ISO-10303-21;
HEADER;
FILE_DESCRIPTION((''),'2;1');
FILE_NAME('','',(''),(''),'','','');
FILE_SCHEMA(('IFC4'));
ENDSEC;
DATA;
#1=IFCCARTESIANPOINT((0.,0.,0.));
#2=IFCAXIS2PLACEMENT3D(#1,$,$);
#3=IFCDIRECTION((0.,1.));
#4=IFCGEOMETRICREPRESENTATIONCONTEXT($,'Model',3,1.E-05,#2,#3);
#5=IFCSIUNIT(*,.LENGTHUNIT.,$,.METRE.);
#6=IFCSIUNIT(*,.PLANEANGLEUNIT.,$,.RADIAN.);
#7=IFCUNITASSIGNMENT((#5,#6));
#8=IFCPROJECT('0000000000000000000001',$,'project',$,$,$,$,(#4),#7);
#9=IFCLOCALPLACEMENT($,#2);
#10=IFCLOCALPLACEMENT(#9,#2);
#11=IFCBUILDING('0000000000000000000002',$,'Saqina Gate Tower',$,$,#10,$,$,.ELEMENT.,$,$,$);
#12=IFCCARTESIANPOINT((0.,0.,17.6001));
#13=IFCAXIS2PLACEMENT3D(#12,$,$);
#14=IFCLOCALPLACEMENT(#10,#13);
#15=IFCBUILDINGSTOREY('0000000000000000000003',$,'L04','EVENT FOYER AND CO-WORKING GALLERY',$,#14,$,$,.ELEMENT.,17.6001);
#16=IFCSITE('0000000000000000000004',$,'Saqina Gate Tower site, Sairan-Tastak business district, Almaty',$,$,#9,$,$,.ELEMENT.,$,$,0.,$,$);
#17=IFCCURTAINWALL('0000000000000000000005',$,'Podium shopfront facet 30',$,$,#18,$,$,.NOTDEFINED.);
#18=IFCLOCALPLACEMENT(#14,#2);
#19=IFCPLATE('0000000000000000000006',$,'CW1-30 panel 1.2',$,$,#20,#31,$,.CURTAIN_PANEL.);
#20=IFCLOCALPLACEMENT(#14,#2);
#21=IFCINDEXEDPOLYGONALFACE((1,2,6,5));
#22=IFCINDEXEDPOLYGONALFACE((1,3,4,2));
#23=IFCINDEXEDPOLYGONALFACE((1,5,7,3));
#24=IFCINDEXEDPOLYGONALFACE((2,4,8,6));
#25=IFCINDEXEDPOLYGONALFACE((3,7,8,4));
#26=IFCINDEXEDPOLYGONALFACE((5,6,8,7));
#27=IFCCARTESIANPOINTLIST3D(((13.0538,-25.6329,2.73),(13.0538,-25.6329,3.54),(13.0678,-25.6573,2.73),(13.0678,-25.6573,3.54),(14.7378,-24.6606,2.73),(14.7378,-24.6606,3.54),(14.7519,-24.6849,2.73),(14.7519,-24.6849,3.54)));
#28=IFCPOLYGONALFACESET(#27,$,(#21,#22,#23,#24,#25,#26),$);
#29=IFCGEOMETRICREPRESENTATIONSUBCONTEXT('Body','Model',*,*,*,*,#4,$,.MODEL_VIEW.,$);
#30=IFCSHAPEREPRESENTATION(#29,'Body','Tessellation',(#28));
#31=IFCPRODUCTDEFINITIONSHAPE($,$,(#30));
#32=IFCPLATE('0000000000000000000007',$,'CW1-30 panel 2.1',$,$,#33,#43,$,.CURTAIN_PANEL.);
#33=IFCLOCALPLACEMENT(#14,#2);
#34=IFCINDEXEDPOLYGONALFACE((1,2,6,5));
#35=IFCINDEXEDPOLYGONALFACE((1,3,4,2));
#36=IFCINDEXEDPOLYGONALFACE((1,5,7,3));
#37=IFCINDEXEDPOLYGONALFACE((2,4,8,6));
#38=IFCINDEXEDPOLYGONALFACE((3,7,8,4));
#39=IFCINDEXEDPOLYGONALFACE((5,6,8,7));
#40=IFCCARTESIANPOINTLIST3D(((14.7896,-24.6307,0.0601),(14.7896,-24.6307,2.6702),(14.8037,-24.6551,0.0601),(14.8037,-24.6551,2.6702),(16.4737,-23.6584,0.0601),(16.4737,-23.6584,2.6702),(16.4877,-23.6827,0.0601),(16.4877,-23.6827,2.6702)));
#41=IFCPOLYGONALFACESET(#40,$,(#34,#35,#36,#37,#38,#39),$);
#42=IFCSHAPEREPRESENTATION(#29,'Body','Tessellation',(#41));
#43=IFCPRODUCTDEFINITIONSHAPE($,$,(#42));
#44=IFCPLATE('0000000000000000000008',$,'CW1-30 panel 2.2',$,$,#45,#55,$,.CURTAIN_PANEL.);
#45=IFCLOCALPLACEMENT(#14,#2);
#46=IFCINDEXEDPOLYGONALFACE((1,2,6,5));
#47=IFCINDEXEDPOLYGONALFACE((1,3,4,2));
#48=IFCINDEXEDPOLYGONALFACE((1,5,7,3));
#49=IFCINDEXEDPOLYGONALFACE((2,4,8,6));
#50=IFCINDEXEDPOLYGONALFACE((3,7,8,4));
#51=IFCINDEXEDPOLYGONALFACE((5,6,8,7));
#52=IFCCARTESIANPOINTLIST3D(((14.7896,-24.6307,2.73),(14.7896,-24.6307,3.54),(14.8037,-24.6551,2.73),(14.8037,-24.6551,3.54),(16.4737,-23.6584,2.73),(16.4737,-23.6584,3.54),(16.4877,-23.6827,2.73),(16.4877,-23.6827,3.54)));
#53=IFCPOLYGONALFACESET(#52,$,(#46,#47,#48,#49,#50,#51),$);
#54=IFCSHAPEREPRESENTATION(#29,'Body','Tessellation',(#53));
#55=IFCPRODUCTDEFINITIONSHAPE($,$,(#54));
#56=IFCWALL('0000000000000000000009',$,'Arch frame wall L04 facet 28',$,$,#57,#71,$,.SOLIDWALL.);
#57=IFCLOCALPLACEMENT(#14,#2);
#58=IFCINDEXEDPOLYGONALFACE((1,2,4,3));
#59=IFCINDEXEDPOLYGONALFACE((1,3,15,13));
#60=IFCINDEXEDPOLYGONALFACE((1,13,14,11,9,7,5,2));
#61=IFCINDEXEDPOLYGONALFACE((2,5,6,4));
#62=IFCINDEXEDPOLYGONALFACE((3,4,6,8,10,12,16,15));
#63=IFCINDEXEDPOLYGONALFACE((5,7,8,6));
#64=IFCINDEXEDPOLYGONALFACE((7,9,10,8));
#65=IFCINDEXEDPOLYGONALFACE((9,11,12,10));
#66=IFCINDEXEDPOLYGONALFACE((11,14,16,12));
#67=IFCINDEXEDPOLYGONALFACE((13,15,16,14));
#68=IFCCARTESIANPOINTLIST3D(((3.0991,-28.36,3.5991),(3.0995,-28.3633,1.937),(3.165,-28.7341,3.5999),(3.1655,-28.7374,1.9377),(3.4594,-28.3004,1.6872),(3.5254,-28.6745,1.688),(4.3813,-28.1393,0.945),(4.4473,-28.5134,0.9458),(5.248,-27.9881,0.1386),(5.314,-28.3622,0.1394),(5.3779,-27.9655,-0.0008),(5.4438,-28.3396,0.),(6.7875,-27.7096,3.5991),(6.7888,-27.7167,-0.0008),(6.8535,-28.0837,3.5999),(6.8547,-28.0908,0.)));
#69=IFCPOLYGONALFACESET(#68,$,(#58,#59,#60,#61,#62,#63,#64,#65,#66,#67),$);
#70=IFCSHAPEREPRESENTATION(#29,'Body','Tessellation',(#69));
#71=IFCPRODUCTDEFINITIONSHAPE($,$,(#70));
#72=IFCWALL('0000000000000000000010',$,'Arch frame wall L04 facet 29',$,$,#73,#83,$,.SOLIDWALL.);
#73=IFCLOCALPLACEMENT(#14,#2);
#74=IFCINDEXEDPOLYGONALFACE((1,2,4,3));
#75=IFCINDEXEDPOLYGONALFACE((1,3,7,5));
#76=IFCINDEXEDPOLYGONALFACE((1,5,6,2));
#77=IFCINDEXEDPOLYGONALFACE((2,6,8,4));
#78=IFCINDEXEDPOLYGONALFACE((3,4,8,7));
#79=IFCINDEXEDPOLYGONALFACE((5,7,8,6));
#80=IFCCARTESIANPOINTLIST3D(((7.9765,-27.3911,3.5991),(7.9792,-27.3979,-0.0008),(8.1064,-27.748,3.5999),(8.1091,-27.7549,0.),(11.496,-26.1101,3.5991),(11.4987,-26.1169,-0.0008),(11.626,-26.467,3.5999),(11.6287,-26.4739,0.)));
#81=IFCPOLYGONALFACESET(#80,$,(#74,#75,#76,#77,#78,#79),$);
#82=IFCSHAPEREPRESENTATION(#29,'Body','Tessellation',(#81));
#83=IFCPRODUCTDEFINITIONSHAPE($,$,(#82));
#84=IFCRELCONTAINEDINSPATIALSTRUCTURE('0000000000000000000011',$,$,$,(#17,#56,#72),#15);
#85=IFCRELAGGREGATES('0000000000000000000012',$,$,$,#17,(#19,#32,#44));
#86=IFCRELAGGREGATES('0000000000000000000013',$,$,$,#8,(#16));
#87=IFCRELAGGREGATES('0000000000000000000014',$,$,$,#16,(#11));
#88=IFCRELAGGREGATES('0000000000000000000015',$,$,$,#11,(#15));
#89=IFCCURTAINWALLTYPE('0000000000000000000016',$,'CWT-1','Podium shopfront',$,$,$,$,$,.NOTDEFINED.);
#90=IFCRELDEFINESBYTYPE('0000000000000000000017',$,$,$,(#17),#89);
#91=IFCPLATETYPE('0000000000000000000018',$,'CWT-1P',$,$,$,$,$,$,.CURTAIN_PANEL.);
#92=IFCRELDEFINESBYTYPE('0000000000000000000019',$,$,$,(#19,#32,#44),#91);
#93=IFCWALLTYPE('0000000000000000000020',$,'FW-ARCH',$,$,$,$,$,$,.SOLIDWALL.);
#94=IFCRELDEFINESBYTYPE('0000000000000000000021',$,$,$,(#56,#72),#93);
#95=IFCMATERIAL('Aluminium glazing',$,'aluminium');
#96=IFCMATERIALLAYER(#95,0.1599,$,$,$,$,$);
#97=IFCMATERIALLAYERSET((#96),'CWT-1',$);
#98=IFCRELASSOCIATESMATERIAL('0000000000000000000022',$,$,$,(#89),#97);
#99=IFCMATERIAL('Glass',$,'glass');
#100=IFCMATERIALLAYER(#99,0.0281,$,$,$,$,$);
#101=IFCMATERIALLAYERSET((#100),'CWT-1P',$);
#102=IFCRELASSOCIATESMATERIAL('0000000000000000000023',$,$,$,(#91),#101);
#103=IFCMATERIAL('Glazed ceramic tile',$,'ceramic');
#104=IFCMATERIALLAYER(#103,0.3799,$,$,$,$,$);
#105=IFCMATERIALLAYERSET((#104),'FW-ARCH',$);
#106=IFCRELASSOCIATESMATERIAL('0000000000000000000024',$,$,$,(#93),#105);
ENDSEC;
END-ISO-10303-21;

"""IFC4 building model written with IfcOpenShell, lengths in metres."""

from ifc_helpers import new_model, si_unit, direction, frame, origin, origin_2d, place, context, subcontext, project, spatial, polyline, rectangle, outline, extrude, material, layer, layer_set, type_object, element, aggregate, save


model = new_model("IFC4")

# Units and contexts
model_context = context("Model", 3, precision=1e-05, world=origin(), true_north=direction((0.0, 1.0)))
body_context = subcontext(model_context, "Body", "Model", "MODEL_VIEW")
ifc_project = project(units=[si_unit("LENGTHUNIT", "METRE"), si_unit("PLANEANGLEUNIT", "RADIAN")], contexts=[model_context])

# Site, building, storey
site_placement = place(None, origin())
site = spatial("IfcSite", under=ifc_project, at=site_placement, Name="Saqina Gate Tower site, Sairan-Tastak business district, Almaty", CompositionType="ELEMENT", RefElevation=0.0)
building_placement = place(site_placement, origin())
building = spatial("IfcBuilding", under=site, at=building_placement, Name="Saqina Gate Tower", CompositionType="ELEMENT")
storey_placement = place(building_placement, frame((0.0, 0.0, 17.6001)))
storey = spatial("IfcBuildingStorey", under=building, at=storey_placement, Name="L04", Description="EVENT FOYER AND CO-WORKING GALLERY", CompositionType="ELEMENT", Elevation=17.6001)

# Curtain wall
ifc_material_1 = material(Name="Aluminium glazing", Category="aluminium")
ifc_layer_1 = layer(ifc_material_1, 0.1599)
ifc_layer_set_1 = layer_set([ifc_layer_1], Name="CWT-1")
curtain_wall_type = type_object("IfcCurtainWallType", Name="CWT-1", Description="Podium shopfront", PredefinedType="NOTDEFINED", material=ifc_layer_set_1)
curtain_wall_1_placement = place(storey_placement, origin())
curtain_wall_1 = element("IfcCurtainWall", 1, at=curtain_wall_1_placement, inside=storey, type_object=curtain_wall_type, Name="Podium shopfront facet 30", PredefinedType="NOTDEFINED")

# Plates
ifc_material_2 = material(Name="Glass", Category="glass")
ifc_layer_2 = layer(ifc_material_2, 0.0281)
ifc_layer_set_2 = layer_set([ifc_layer_2], Name="CWT-1P")
plate_type = type_object("IfcPlateType", Name="CWT-1P", PredefinedType="CURTAIN_PANEL", material=ifc_layer_set_2)
plate_1_placement = place(storey_placement, frame((13.9028, -25.1589, 2.73), z_axis=(0.0, 0.0, 1.0), x_axis=(0.866017, 0.500014, 0.0)))
plate_1 = element("IfcPlate", 2, at=plate_1_placement, type_object=plate_type, Name="CW1-30 panel 1.2", PredefinedType="CURTAIN_PANEL", context=body_context, shape_type="SweptSolid", body=[
    extrude(rectangle(XDim=1.9446, YDim=0.0281, at=origin_2d()), origin(), (0.0, 0.0, 1.0), 0.8101),
])
plate_2_placement = place(storey_placement, frame((15.6387, -24.1567, 0.0601), z_axis=(0.0, 0.0, 1.0), x_axis=(0.866017, 0.500014, 0.0)))
plate_2 = element("IfcPlate", 3, at=plate_2_placement, type_object=plate_type, Name="CW1-30 panel 2.1", PredefinedType="CURTAIN_PANEL", context=body_context, shape_type="SweptSolid", body=[
    extrude(rectangle(XDim=1.9446, YDim=0.0281, at=origin_2d()), origin(), (0.0, 0.0, 1.0), 2.6101),
])
plate_3_placement = place(storey_placement, frame((15.6387, -24.1567, 2.73), z_axis=(0.0, 0.0, 1.0), x_axis=(0.866017, 0.500014, 0.0)))
plate_3 = element("IfcPlate", 4, at=plate_3_placement, type_object=plate_type, Name="CW1-30 panel 2.2", PredefinedType="CURTAIN_PANEL", context=body_context, shape_type="SweptSolid", body=[
    extrude(rectangle(XDim=1.9446, YDim=0.0281, at=origin_2d()), origin(), (0.0, 0.0, 1.0), 0.8101),
])
aggregate(curtain_wall_1, [plate_1, plate_2, plate_3])

# Walls
ifc_material_3 = material(Name="Glazed ceramic tile", Category="ceramic")
ifc_layer_3 = layer(ifc_material_3, 0.3799)
ifc_layer_set_3 = layer_set([ifc_layer_3], Name="FW-ARCH")
wall_type_1 = type_object("IfcWallType", Name="FW-ARCH", PredefinedType="SOLIDWALL", material=ifc_layer_set_3)
wall_1_placement = place(storey_placement, frame((3.165, -28.7341, 3.5999), z_axis=(0.173671, -0.984802, 0.002008), x_axis=(0.984804, 0.173671, 0.0)))
element("IfcWall", 5, at=wall_1_placement, inside=storey, type_object=wall_type_1, Name="Arch frame wall L04 facet 28", PredefinedType="SOLIDWALL", context=body_context, shape_type="SweptSolid", body=[
    extrude(outline(polyline([(0.0, 0.0), (3.7454, 0.0), (3.7454, -3.5999), (2.3127, -3.5999), (2.1808, -3.4605), (1.3011, -2.6541), (0.3652, -1.9119), (-0.0001, -1.6621), (0.0, 0.0)])), origin(), (0.0, 0.0, -1.0), 0.3799),
])
wall_2_placement = place(storey_placement, frame((8.1091, -27.7549, 0.0), z_axis=(0.34202, -0.939691, 0.00204), x_axis=(-0.000746, 0.001899, 0.999998)))
element("IfcWall", 6, at=wall_2_placement, inside=storey, type_object=wall_type_1, Name="Arch frame wall L04 facet 29", PredefinedType="SOLIDWALL", context=body_context, shape_type="SweptSolid", body=[
    extrude(outline(polyline([(0.0, 0.0), (3.5999, 0.0), (3.5997, -3.7454), (-0.0002, -3.7454), (0.0, 0.0)])), origin(), (0.0, 0.0, -1.0), 0.3799),
])

save(model, "model.ifc")
